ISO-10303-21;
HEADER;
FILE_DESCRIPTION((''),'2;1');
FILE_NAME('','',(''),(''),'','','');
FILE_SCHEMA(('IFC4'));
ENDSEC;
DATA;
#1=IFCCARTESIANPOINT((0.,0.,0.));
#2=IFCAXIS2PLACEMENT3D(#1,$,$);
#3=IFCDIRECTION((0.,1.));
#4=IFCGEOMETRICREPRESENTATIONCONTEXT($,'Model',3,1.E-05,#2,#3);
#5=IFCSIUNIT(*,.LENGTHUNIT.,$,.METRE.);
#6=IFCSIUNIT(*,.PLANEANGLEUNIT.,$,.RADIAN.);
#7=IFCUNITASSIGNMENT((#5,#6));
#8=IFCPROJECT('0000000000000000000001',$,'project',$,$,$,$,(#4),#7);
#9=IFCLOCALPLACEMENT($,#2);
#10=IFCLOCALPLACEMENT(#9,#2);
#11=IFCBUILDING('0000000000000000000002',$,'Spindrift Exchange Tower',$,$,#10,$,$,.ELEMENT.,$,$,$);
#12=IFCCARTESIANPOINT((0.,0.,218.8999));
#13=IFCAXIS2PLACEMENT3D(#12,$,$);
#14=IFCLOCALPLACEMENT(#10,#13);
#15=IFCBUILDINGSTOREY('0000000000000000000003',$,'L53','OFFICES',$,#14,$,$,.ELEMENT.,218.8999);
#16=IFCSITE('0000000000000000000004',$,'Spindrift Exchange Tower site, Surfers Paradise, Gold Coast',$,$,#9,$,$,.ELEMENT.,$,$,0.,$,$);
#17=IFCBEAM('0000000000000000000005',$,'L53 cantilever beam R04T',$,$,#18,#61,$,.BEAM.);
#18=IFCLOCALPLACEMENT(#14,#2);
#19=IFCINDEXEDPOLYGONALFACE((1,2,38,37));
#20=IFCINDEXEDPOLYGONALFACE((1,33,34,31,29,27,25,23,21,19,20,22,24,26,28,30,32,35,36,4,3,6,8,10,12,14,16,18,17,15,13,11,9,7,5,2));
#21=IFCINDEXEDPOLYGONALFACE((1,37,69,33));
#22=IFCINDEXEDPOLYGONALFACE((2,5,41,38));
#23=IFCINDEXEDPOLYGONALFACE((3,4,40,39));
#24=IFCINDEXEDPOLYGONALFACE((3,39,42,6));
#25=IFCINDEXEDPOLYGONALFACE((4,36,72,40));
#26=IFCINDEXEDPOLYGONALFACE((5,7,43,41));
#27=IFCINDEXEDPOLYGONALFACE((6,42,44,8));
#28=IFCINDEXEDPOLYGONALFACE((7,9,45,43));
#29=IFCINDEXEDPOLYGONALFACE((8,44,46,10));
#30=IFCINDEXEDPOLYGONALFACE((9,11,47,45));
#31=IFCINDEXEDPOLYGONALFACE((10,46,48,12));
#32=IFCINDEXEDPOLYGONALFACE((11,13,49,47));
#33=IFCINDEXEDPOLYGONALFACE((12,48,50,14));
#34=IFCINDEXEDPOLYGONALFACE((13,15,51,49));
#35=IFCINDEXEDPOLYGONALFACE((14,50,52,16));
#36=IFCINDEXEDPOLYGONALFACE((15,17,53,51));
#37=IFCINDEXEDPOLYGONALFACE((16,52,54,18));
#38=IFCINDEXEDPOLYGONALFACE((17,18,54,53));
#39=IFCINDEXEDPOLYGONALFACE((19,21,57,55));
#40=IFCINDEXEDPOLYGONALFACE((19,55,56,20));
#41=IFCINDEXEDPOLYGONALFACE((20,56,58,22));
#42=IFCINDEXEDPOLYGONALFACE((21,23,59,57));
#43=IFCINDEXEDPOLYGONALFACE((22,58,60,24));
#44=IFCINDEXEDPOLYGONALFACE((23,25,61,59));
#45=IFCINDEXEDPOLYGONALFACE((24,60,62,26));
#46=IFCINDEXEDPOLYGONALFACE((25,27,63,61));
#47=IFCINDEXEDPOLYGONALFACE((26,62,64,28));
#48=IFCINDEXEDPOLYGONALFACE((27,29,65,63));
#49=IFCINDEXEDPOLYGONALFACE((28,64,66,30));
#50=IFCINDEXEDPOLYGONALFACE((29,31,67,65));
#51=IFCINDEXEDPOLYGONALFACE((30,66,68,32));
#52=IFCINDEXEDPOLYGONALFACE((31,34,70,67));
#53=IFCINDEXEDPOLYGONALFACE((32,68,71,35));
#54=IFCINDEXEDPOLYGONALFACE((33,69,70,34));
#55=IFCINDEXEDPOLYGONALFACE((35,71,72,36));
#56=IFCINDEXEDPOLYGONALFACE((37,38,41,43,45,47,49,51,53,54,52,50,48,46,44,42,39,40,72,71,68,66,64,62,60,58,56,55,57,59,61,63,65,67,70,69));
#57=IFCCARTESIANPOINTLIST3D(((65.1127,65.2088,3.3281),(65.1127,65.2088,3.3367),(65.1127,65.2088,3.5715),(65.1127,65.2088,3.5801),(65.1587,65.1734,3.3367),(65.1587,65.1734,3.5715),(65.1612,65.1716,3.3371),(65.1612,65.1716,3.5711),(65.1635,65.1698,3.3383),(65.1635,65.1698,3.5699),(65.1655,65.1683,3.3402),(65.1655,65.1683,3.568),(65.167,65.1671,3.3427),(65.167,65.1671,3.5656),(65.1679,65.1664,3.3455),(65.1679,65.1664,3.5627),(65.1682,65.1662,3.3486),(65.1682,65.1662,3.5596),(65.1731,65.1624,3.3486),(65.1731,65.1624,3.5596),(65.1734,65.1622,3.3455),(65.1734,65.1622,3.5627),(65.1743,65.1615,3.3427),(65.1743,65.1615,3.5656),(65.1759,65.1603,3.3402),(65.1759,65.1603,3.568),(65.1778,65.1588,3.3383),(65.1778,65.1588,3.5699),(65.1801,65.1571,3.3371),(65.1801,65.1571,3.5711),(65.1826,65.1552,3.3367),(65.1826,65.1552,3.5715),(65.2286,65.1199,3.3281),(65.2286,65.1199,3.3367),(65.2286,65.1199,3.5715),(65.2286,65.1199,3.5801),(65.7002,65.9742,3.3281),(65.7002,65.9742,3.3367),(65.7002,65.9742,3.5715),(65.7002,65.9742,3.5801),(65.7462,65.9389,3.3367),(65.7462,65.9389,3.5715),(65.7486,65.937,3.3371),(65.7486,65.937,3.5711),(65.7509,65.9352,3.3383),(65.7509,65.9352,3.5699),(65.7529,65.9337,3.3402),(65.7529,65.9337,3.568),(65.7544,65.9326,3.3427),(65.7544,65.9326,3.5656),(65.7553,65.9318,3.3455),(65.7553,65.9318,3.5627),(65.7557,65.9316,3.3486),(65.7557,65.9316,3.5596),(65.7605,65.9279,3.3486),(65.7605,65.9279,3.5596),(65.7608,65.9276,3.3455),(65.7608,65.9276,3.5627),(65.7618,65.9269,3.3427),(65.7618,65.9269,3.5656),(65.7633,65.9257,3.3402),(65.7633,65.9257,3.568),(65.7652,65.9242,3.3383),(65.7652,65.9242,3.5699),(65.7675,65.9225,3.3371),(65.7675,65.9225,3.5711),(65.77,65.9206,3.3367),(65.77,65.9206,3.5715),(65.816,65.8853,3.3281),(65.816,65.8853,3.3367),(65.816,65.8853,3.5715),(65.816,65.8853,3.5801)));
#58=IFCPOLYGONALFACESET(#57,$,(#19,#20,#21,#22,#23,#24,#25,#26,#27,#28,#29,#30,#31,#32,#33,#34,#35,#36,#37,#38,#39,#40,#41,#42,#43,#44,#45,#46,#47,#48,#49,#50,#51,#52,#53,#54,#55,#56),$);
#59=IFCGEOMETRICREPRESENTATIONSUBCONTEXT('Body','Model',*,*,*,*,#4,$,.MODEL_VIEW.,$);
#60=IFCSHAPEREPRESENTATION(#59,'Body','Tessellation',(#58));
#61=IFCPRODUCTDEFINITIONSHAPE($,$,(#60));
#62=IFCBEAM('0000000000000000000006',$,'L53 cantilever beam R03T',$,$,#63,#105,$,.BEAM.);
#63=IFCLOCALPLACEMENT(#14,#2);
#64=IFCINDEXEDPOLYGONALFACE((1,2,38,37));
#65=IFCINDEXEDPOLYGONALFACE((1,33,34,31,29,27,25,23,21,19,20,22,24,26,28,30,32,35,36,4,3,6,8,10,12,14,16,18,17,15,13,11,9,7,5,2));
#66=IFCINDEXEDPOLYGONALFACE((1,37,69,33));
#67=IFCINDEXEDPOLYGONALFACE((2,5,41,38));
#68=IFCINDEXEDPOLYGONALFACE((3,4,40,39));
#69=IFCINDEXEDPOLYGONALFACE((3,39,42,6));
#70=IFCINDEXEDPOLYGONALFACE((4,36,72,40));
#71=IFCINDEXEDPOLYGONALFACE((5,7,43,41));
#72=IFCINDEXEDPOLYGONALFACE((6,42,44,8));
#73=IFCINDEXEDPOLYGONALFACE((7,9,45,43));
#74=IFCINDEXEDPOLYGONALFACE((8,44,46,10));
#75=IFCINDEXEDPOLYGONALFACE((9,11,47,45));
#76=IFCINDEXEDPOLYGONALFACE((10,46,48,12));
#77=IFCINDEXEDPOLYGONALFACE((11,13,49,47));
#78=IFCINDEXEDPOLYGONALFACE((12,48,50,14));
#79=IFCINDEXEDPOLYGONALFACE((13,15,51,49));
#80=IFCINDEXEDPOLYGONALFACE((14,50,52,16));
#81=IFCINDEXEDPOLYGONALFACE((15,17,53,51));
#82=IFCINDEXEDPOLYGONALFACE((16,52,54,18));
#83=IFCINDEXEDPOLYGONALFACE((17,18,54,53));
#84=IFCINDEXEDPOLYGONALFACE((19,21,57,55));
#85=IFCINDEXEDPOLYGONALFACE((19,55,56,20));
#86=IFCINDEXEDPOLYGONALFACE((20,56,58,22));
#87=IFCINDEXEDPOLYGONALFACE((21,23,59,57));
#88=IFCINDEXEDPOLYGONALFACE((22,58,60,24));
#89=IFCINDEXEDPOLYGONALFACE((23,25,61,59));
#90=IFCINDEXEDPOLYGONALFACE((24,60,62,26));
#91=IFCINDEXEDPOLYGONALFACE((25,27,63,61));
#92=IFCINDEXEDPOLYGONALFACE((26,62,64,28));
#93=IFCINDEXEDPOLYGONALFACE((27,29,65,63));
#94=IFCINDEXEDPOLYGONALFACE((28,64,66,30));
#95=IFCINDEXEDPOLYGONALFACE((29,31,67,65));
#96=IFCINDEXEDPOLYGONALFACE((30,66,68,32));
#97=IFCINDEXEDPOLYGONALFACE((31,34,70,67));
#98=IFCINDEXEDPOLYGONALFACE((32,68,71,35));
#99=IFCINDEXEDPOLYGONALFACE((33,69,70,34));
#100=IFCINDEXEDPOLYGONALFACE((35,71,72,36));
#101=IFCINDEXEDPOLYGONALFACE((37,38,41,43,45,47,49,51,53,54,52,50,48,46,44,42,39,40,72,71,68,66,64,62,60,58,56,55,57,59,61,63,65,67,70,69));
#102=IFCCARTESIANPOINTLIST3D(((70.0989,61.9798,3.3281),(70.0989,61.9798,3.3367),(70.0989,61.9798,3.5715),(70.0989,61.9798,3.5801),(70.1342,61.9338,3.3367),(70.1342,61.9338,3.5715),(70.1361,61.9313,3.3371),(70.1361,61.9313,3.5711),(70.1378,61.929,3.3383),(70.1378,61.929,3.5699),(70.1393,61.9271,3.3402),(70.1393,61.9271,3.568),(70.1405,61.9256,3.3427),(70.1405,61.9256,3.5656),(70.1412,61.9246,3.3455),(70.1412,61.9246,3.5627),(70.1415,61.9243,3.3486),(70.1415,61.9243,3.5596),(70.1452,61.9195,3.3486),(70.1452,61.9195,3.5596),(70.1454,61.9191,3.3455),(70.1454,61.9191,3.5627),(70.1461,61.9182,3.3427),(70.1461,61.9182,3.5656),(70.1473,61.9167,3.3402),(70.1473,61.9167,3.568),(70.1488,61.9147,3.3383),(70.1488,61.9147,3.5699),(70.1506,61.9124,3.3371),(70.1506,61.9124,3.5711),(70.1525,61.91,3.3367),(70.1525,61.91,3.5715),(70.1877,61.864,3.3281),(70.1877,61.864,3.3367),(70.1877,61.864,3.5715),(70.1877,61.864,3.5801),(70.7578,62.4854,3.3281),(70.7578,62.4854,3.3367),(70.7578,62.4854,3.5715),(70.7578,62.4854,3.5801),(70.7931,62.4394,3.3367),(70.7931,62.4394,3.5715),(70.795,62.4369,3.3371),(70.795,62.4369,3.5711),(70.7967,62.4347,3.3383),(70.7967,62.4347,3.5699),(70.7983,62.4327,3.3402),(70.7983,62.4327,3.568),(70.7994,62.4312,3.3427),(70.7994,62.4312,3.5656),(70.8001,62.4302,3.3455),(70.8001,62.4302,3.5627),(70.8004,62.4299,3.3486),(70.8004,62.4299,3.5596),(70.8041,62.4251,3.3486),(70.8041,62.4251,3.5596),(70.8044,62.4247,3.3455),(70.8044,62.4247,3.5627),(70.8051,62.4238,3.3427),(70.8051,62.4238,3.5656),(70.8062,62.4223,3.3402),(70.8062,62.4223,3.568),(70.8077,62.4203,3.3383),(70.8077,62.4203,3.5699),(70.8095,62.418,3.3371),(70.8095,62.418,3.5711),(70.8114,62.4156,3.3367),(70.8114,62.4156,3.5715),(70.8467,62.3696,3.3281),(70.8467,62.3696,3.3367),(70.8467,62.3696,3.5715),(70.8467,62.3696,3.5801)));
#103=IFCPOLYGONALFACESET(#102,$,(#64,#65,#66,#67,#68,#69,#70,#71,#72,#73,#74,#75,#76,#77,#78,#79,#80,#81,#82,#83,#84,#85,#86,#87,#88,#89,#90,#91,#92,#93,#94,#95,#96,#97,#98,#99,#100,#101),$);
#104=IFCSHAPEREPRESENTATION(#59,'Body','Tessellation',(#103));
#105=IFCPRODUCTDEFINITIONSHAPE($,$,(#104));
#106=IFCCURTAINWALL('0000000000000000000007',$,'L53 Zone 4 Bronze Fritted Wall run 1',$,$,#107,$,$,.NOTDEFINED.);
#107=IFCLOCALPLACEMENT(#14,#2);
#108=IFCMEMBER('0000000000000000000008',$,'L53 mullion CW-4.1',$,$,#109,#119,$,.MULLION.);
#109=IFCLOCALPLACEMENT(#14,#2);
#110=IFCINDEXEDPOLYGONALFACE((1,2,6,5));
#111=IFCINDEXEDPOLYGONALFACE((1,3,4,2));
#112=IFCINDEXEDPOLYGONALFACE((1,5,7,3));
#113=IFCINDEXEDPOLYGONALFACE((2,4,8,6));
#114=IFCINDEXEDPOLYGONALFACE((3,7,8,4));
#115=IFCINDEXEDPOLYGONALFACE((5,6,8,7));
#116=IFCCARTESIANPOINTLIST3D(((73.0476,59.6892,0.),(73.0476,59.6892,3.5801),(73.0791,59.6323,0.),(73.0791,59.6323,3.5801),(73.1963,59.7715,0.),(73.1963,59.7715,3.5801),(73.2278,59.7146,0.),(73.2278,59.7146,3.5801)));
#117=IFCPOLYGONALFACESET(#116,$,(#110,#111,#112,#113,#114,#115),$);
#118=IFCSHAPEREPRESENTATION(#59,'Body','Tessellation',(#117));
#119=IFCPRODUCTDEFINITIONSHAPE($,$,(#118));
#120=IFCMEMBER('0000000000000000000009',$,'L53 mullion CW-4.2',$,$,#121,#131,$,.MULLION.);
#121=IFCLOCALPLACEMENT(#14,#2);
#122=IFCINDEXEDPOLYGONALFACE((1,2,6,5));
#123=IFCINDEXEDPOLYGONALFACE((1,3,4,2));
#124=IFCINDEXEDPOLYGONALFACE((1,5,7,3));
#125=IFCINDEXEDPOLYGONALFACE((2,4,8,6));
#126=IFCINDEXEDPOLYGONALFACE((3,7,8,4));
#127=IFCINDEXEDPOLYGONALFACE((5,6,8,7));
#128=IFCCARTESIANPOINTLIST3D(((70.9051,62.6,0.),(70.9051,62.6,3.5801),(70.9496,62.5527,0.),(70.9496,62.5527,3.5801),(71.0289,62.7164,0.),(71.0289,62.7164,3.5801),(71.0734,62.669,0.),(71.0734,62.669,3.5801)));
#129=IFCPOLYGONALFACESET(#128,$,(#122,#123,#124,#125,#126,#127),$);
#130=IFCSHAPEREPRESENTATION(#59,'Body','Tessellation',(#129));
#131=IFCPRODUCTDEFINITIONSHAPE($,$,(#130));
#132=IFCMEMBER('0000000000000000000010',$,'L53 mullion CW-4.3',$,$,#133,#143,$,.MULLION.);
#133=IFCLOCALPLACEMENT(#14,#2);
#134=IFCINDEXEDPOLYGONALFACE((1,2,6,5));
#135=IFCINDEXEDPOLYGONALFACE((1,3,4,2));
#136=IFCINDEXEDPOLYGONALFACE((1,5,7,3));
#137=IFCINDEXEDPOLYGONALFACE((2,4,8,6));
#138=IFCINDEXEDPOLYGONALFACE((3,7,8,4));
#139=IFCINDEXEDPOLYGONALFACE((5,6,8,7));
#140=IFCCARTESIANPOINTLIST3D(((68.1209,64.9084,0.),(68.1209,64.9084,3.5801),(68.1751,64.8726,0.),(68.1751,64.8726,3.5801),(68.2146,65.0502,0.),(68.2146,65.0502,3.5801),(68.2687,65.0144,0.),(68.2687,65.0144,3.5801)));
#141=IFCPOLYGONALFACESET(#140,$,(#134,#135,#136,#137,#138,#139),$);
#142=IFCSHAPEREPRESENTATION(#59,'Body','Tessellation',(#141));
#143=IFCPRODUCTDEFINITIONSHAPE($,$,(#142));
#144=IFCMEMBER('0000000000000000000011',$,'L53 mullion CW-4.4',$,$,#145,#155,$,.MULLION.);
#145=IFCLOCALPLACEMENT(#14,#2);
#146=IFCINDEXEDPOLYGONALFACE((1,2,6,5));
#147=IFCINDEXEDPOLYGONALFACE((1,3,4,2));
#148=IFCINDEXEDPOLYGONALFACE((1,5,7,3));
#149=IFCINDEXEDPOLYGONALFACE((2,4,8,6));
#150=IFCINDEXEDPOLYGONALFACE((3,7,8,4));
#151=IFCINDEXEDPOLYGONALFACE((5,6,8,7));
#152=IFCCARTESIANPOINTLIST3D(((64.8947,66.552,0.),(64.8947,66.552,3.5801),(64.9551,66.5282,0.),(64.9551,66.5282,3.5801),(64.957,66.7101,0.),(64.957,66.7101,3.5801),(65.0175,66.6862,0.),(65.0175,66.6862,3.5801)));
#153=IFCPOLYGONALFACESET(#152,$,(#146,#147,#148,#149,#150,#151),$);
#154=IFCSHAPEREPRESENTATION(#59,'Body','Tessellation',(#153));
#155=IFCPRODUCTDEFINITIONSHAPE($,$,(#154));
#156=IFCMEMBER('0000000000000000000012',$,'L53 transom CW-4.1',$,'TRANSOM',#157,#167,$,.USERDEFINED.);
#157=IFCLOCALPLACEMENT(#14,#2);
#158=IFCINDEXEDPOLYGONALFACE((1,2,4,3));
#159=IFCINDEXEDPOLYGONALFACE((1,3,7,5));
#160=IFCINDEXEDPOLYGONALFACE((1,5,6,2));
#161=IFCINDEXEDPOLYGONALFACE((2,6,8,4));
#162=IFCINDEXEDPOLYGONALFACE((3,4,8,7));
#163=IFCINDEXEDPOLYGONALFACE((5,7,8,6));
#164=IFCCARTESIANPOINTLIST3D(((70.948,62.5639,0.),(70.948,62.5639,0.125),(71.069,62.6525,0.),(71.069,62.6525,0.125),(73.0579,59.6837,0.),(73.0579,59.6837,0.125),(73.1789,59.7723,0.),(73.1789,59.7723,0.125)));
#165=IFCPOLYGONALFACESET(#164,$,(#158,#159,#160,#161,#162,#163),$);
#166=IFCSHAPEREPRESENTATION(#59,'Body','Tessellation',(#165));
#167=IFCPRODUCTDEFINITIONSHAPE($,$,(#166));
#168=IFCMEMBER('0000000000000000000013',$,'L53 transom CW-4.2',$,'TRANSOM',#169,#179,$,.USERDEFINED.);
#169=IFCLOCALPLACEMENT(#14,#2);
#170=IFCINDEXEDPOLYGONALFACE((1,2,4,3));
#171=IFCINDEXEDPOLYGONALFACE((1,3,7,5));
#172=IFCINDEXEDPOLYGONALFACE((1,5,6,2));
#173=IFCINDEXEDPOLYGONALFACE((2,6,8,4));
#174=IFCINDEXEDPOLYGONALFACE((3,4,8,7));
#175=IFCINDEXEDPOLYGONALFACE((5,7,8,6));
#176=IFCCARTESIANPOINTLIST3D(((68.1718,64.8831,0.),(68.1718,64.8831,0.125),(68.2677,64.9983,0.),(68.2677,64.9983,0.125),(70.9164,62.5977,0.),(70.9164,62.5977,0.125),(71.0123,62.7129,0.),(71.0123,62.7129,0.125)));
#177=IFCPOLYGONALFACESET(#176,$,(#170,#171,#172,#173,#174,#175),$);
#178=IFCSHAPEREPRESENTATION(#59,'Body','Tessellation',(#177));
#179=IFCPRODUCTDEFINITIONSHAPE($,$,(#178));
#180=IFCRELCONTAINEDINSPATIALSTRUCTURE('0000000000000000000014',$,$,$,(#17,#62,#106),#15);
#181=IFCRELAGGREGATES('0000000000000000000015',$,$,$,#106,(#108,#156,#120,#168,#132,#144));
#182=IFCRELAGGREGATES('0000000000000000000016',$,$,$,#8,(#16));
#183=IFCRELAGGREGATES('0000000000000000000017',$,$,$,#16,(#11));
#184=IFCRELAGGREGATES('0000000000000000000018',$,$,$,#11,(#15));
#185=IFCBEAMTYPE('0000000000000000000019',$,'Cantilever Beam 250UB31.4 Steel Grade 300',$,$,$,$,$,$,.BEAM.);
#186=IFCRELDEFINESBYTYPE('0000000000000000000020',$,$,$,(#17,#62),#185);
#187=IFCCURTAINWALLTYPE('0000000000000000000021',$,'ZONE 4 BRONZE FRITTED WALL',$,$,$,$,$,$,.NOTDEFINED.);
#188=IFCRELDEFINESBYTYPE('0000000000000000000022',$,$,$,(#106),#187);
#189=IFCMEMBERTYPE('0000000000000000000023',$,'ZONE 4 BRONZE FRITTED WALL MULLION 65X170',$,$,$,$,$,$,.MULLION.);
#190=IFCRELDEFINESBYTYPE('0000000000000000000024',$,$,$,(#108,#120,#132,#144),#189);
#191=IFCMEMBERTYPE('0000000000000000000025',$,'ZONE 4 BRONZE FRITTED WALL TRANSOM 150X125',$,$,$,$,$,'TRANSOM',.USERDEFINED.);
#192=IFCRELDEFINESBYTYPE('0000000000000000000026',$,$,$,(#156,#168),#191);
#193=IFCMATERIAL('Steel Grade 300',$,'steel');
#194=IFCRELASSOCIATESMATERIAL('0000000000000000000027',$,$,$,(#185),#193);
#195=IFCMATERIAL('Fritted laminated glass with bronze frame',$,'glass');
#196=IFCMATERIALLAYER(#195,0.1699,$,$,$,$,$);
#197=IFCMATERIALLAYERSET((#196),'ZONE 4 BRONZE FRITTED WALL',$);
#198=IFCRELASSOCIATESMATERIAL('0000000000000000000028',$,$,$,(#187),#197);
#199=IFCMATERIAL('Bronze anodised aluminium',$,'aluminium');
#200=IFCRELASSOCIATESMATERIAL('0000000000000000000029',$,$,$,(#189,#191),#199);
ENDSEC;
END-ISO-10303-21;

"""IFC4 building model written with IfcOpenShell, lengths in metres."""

from ifc_helpers import new_model, si_unit, direction, frame, origin, origin_2d, place, context, subcontext, project, spatial, rectangle, i_section, extrude, source, transform, mapped, material, layer, layer_set, material_profile, profile_set, type_object, element, aggregate, save


model = new_model("IFC4")

# Units and contexts
model_context = context("Model", 3, precision=1e-05, world=origin(), true_north=direction((0.0, 1.0)))
body_context = subcontext(model_context, "Body", "Model", "MODEL_VIEW")
ifc_project = project(units=[si_unit("LENGTHUNIT", "METRE"), si_unit("PLANEANGLEUNIT", "RADIAN")], contexts=[model_context])

# Site, building, storey
site_placement = place(None, origin())
site = spatial("IfcSite", under=ifc_project, at=site_placement, Name="Spindrift Exchange Tower site, Surfers Paradise, Gold Coast", CompositionType="ELEMENT", RefElevation=0.0)
building_placement = place(site_placement, origin())
building = spatial("IfcBuilding", under=site, at=building_placement, Name="Spindrift Exchange Tower", CompositionType="ELEMENT")
storey_placement = place(building_placement, frame((0.0, 0.0, 218.8999)))
storey = spatial("IfcBuildingStorey", under=building, at=storey_placement, Name="L53", Description="OFFICES", CompositionType="ELEMENT", Elevation=218.8999)

# Beams
ifc_material_1 = material(Name="Steel Grade 300", Category="steel")
ifc_material_profile_1 = material_profile(ifc_material_1, i_section(OverallWidth=0.146, OverallDepth=0.252, WebThickness=0.0061, FlangeThickness=0.0085, FilletRadius=0.012, at=origin_2d()), Name="250UB31.4")
ifc_profile_set_1 = profile_set([ifc_material_profile_1], Name="Steel Grade 300")
beam_type_1 = type_object("IfcBeamType", Name="Cantilever Beam 250UB31.4 Steel Grade 300", PredefinedType="BEAM", material=ifc_profile_set_1)
shared_shape_1 = source(origin(), body_context, "Body", "SweptSolid", [
    extrude(i_section(OverallWidth=0.146, OverallDepth=0.252, WebThickness=0.0061, FlangeThickness=0.0085, FilletRadius=0.012, at=origin_2d()), origin(), (0.0, 0.0, 1.0), 0.9648),
])
beam_1_placement = place(storey_placement, frame((65.1707, 65.1643, 3.4541), z_axis=(0.60883, 0.793301, 0.0), x_axis=(-0.793301, 0.60883, 0.0)))
element("IfcBeam", 1, at=beam_1_placement, inside=storey, type_object=beam_type_1, Name="L53 cantilever beam R04T", PredefinedType="BEAM", context=body_context, shape_type="MappedRepresentation", body=[
    mapped(shared_shape_1, transform((0.0, 0.0, 0.0), scale=1.0)),
])
shared_shape_2 = source(origin(), body_context, "Body", "SweptSolid", [
    extrude(i_section(OverallWidth=0.146, OverallDepth=0.252, WebThickness=0.0061, FlangeThickness=0.0085, FilletRadius=0.012, at=origin_2d()), origin(), (0.0, 0.0, 1.0), 0.8306),
])
beam_2_placement = place(storey_placement, frame((70.1433, 61.9219, 3.4541), z_axis=(0.793356, 0.608759, 0.0), x_axis=(-0.608759, 0.793356, 0.0)))
element("IfcBeam", 2, at=beam_2_placement, inside=storey, type_object=beam_type_1, Name="L53 cantilever beam R03T", PredefinedType="BEAM", context=body_context, shape_type="MappedRepresentation", body=[
    mapped(shared_shape_2, transform((0.0, 0.0, 0.0), scale=1.0)),
])

# Curtain wall, members
ifc_material_2 = material(Name="Fritted laminated glass with bronze frame", Category="glass")
ifc_layer_1 = layer(ifc_material_2, 0.1699)
ifc_layer_set_1 = layer_set([ifc_layer_1], Name="ZONE 4 BRONZE FRITTED WALL")
curtain_wall_type = type_object("IfcCurtainWallType", Name="ZONE 4 BRONZE FRITTED WALL", PredefinedType="NOTDEFINED", material=ifc_layer_set_1)
curtain_wall_placement = place(storey_placement, origin())
curtain_wall = element("IfcCurtainWall", 3, at=curtain_wall_placement, inside=storey, type_object=curtain_wall_type, Name="L53 Zone 4 Bronze Fritted Wall run 1", PredefinedType="NOTDEFINED")
ifc_material_3 = material(Name="Bronze anodised aluminium", Category="aluminium")
ifc_material_profile_2 = material_profile(ifc_material_3, rectangle(XDim=0.0649, YDim=0.1699, at=origin_2d()), Name="ZONE 4 BRONZE FRITTED WALL MULLION 65X170")
ifc_profile_set_2 = profile_set([ifc_material_profile_2], Name="Bronze anodised aluminium")
member_type_1 = type_object("IfcMemberType", Name="ZONE 4 BRONZE FRITTED WALL MULLION 65X170", PredefinedType="MULLION", material=ifc_profile_set_2)
shared_shape_3 = source(origin(), body_context, "Body", "SweptSolid", [
    extrude(rectangle(XDim=0.0649, YDim=0.1699, at=origin_2d()), origin(), (0.0, 0.0, 1.0), 3.5801),
])
member_1_placement = place(storey_placement, frame((73.1377, 59.7019, 0.0), z_axis=(0.0, 0.0, 1.0), x_axis=(-0.484327, 0.874887, 0.0)))
member_1 = element("IfcMember", 4, at=member_1_placement, type_object=member_type_1, Name="L53 mullion CW-4.1", PredefinedType="MULLION", context=body_context, shape_type="MappedRepresentation", body=[
    mapped(shared_shape_3, transform((0.0, 0.0, 0.0), scale=1.0)),
])
member_2_placement = place(storey_placement, frame((70.9893, 62.6345, 0.0), z_axis=(0.0, 0.0, 1.0), x_axis=(-0.684797, 0.728734, 0.0)))
member_2 = element("IfcMember", 5, at=member_2_placement, type_object=member_type_1, Name="L53 mullion CW-4.2", PredefinedType="MULLION", context=body_context, shape_type="MappedRepresentation", body=[
    mapped(shared_shape_3, transform((0.0, 0.0, 0.0), scale=1.0)),
])
member_3_placement = place(storey_placement, frame((68.1948, 64.9614, 0.0), z_axis=(0.0, 0.0, 1.0), x_axis=(-0.834421, 0.551127, 0.0)))
member_3 = element("IfcMember", 6, at=member_3_placement, type_object=member_type_1, Name="L53 mullion CW-4.3", PredefinedType="MULLION", context=body_context, shape_type="MappedRepresentation", body=[
    mapped(shared_shape_3, transform((0.0, 0.0, 0.0), scale=1.0)),
])
member_4_placement = place(storey_placement, frame((64.9561, 66.6191, 0.0), z_axis=(0.0, 0.0, 1.0), x_axis=(-0.930145, 0.367193, 0.0)))
member_4 = element("IfcMember", 7, at=member_4_placement, type_object=member_type_1, Name="L53 mullion CW-4.4", PredefinedType="MULLION", context=body_context, shape_type="MappedRepresentation", body=[
    mapped(shared_shape_3, transform((0.0, 0.0, 0.0), scale=1.0)),
])
ifc_material_profile_3 = material_profile(ifc_material_3, rectangle(XDim=0.1499, YDim=0.125, at=origin_2d()), Name="ZONE 4 BRONZE FRITTED WALL TRANSOM 150X125")
ifc_profile_set_3 = profile_set([ifc_material_profile_3], Name="Bronze anodised aluminium")
member_type_2 = type_object("IfcMemberType", Name="ZONE 4 BRONZE FRITTED WALL TRANSOM 150X125", ElementType="TRANSOM", PredefinedType="USERDEFINED", material=ifc_profile_set_3)
shared_shape_4 = source(origin(), body_context, "Body", "SweptSolid", [
    extrude(rectangle(XDim=0.1499, YDim=0.125, at=origin_2d()), origin(), (0.0, 0.0, 1.0), 3.5703),
])
member_5_placement = place(storey_placement, frame((73.1184, 59.728, 0.0625), z_axis=(-0.590957, 0.806703, 0.0), x_axis=(-0.806703, -0.590957, 0.0)))
member_5 = element("IfcMember", 8, at=member_5_placement, type_object=member_type_2, Name="L53 transom CW-4.1", ObjectType="TRANSOM", PredefinedType="USERDEFINED", context=body_context, shape_type="MappedRepresentation", body=[
    mapped(shared_shape_4, transform((0.0, 0.0, 0.0), scale=1.0)),
])
shared_shape_5 = source(origin(), body_context, "Body", "SweptSolid", [
    extrude(rectangle(XDim=0.1499, YDim=0.125, at=origin_2d()), origin(), (0.0, 0.0, 1.0), 3.5715),
])
member_6_placement = place(storey_placement, frame((70.9644, 62.6553, 0.0625), z_axis=(-0.768468, 0.639889, 0.0), x_axis=(-0.639889, -0.768468, 0.0)))
member_6 = element("IfcMember", 9, at=member_6_placement, type_object=member_type_2, Name="L53 transom CW-4.2", ObjectType="TRANSOM", PredefinedType="USERDEFINED", context=body_context, shape_type="MappedRepresentation", body=[
    mapped(shared_shape_5, transform((0.0, 0.0, 0.0), scale=1.0)),
])
aggregate(curtain_wall, [member_1, member_5, member_2, member_6, member_3, member_4])

save(model, "model.ifc")
